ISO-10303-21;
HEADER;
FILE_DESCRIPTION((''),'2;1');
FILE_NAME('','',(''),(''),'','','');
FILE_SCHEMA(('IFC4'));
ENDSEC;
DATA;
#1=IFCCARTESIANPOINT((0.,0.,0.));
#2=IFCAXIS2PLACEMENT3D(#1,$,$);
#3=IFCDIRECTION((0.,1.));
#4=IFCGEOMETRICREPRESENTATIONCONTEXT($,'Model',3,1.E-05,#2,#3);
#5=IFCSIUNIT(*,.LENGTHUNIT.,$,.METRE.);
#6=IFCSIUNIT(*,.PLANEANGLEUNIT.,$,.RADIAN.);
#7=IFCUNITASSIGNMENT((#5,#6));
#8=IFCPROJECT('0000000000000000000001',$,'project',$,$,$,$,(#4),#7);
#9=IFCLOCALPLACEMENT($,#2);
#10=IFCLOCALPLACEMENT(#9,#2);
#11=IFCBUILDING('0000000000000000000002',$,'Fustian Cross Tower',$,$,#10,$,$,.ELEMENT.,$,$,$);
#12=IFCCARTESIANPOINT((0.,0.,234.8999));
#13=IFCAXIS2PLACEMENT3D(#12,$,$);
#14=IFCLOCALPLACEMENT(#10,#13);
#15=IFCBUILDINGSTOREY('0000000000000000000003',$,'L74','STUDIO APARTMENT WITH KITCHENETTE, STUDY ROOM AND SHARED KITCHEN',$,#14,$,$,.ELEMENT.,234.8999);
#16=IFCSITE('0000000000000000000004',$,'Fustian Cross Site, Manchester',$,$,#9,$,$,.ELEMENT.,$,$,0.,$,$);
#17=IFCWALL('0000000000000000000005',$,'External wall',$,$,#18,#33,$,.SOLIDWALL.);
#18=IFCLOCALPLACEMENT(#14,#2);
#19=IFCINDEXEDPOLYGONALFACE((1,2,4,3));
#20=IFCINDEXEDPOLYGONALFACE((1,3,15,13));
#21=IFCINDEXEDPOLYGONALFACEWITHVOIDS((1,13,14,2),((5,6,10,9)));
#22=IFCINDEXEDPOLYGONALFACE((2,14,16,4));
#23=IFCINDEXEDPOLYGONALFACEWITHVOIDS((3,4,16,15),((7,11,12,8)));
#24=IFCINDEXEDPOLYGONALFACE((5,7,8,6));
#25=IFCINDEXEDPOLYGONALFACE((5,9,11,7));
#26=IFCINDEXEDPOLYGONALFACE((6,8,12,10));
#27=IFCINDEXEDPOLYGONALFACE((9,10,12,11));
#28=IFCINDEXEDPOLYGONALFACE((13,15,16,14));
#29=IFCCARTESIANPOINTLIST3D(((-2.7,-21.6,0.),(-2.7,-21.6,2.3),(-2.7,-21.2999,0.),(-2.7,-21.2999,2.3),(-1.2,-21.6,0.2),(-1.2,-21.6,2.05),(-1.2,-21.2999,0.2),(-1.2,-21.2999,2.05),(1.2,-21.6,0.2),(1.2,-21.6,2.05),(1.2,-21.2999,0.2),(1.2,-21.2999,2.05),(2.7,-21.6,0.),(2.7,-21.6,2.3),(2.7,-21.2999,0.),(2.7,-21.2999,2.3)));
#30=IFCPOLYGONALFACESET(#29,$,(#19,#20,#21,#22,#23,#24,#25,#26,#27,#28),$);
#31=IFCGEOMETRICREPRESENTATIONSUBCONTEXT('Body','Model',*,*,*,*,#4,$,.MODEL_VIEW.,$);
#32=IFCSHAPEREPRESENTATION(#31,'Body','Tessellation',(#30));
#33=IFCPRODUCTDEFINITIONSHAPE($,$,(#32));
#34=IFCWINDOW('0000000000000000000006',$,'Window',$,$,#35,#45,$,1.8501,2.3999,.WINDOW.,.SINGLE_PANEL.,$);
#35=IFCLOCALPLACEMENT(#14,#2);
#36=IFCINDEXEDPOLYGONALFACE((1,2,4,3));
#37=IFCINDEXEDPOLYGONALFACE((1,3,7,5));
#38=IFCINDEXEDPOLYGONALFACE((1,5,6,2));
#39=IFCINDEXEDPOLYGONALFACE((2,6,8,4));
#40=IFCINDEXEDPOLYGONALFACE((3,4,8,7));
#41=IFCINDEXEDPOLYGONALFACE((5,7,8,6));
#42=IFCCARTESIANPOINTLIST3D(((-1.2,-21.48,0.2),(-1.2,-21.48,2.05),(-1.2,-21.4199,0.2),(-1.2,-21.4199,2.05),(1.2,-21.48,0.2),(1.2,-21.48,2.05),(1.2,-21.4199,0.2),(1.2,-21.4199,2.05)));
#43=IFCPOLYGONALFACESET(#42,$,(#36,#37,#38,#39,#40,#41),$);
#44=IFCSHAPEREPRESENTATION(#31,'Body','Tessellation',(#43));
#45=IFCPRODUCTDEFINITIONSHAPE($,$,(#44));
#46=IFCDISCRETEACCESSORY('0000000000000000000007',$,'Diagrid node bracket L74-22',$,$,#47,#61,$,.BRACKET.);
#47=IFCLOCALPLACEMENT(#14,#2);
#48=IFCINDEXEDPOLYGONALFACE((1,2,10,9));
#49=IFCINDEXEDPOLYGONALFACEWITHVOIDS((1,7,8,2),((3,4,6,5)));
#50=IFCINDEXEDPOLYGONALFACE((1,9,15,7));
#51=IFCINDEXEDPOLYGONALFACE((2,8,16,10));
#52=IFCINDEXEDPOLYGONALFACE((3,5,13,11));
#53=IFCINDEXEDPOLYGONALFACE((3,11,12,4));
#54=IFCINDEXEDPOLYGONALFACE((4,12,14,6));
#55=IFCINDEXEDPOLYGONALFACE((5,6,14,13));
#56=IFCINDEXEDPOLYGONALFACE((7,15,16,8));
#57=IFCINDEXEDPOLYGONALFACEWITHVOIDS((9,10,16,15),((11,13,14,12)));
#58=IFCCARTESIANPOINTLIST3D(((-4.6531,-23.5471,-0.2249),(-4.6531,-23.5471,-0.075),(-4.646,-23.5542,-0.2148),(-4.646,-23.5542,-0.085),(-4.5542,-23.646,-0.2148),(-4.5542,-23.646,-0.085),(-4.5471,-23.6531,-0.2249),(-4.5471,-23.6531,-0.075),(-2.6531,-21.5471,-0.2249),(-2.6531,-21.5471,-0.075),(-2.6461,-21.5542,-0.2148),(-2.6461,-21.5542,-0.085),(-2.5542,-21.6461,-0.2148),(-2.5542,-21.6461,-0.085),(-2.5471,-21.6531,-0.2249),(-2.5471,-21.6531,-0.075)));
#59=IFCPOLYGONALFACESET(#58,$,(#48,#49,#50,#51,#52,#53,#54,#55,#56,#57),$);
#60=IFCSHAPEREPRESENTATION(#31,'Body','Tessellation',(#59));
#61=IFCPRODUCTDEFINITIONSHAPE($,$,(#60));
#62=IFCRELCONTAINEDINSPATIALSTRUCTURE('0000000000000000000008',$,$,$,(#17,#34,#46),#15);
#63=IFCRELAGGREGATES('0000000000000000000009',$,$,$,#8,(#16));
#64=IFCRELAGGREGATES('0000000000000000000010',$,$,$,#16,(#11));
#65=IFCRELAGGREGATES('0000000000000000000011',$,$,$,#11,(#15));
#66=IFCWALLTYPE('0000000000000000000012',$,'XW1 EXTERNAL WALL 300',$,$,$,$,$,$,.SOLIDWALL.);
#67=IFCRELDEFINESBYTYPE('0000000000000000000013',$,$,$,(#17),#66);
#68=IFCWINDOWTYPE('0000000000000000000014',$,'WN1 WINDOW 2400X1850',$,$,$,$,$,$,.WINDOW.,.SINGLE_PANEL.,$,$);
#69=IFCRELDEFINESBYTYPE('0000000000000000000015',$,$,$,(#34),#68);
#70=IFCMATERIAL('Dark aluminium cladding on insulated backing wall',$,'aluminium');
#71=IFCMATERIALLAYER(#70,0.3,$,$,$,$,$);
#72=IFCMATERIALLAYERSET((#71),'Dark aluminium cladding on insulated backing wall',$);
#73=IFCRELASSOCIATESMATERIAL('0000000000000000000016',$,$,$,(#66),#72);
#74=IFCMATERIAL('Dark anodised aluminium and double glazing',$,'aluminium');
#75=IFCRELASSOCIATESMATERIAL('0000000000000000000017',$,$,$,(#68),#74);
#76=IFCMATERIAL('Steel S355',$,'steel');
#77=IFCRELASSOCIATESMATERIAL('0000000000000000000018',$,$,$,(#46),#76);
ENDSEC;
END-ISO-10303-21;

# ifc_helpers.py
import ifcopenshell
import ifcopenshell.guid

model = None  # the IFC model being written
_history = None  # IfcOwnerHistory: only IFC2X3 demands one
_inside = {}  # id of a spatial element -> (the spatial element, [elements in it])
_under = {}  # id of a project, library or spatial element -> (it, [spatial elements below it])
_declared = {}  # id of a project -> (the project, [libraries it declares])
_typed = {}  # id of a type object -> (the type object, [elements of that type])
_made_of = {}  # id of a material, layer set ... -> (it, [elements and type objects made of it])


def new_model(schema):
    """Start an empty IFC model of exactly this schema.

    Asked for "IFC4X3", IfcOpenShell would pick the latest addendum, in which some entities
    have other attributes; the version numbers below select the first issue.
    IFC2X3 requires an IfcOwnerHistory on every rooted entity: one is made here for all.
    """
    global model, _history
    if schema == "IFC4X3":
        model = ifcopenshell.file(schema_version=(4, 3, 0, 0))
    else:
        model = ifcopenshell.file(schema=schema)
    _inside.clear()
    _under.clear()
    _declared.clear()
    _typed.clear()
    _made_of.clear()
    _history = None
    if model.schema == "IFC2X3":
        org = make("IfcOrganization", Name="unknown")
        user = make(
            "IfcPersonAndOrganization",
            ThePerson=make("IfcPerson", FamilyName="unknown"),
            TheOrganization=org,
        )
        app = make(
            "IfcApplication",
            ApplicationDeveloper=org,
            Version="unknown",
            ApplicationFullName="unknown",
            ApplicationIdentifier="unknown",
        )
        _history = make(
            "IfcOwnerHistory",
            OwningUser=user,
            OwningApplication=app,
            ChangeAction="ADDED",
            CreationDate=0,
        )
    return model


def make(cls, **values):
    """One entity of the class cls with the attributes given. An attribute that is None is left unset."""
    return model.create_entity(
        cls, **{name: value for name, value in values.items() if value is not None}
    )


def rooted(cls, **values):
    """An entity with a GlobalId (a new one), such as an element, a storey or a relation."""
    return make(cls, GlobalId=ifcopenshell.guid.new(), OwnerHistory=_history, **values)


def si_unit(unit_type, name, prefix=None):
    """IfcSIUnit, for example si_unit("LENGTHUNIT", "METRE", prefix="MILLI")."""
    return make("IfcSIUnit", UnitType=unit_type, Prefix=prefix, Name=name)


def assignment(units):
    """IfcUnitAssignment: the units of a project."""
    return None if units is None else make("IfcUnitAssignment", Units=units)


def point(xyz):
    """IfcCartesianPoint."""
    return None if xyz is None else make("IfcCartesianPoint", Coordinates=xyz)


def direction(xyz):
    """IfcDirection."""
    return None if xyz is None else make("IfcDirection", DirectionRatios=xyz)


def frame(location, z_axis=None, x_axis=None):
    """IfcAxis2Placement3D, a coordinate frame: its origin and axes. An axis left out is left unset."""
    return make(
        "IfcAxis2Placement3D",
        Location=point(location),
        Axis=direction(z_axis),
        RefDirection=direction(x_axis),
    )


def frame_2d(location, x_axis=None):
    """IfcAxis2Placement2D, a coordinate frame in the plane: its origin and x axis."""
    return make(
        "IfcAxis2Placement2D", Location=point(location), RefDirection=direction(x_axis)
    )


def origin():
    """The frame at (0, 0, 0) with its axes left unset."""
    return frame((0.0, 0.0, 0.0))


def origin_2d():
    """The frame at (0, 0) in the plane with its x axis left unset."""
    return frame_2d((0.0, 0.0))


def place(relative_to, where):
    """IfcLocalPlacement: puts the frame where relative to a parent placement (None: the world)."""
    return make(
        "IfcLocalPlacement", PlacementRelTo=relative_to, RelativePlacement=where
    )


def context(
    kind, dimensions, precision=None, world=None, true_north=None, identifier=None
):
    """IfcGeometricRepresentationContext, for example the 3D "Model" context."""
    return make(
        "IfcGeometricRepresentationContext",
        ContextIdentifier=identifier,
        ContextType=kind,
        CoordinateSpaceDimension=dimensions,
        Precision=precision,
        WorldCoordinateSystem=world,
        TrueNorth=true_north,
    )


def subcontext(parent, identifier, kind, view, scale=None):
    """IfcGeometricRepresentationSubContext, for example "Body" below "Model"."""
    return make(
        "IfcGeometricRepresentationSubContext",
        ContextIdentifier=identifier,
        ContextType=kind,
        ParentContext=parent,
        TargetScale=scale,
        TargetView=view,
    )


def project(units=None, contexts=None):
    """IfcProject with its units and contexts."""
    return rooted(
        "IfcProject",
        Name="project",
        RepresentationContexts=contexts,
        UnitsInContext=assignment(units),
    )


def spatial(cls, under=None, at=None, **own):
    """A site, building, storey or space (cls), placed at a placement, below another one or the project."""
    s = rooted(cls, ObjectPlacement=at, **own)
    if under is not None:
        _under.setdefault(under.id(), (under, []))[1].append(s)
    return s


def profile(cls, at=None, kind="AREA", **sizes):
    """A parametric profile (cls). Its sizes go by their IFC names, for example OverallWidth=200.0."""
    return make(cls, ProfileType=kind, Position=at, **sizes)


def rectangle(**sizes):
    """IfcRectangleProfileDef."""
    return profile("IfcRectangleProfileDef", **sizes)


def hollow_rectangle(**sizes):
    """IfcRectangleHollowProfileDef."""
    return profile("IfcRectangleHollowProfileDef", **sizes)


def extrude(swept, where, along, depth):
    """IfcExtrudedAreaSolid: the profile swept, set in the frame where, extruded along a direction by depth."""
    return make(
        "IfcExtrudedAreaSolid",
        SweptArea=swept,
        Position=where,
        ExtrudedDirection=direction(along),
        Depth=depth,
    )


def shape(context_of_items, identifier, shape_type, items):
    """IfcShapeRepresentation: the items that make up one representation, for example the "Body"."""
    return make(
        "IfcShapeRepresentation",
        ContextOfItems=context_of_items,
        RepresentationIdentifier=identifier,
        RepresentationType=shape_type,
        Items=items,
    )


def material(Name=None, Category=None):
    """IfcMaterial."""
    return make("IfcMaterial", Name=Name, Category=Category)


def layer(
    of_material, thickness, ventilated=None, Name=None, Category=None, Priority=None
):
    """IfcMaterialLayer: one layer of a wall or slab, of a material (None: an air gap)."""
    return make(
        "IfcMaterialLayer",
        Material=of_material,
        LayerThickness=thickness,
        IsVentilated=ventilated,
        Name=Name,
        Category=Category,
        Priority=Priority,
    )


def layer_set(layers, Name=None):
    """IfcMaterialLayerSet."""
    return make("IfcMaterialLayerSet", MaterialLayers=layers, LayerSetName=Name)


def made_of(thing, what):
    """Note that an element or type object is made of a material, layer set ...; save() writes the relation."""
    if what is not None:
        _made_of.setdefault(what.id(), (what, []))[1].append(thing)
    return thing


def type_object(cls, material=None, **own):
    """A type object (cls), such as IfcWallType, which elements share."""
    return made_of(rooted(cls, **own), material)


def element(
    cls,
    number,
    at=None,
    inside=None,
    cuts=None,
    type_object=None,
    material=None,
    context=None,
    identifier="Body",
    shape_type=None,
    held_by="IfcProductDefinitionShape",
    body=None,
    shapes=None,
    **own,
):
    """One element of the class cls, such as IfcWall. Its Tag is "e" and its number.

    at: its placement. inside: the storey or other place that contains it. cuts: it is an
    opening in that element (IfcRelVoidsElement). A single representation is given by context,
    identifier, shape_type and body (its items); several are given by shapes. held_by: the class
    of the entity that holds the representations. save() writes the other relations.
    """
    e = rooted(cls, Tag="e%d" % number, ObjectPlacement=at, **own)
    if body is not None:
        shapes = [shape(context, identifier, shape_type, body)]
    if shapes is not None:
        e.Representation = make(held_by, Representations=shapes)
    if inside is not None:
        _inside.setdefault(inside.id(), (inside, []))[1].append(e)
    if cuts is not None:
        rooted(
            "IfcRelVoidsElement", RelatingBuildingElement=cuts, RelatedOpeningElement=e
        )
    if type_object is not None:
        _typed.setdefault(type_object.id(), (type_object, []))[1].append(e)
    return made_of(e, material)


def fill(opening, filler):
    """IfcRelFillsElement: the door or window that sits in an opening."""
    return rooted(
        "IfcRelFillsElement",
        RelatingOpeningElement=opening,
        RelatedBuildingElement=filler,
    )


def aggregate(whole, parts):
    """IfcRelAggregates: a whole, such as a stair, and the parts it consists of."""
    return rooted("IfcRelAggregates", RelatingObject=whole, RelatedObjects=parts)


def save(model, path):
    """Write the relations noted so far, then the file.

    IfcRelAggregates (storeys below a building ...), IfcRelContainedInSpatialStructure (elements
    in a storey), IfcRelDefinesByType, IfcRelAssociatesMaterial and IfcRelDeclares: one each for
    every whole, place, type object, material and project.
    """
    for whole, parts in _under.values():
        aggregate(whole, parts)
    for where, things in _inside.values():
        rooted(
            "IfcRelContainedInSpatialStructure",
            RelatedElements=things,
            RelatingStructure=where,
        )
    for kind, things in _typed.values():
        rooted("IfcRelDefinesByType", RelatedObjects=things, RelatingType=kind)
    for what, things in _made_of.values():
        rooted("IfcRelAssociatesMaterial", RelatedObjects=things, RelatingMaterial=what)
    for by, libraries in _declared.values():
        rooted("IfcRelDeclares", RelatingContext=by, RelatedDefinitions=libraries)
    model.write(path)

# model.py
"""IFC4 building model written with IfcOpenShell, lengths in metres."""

from ifc_helpers import new_model, si_unit, direction, frame, frame_2d, origin, origin_2d, place, context, subcontext, project, spatial, rectangle, hollow_rectangle, extrude, material, layer, layer_set, type_object, element, fill, save


model = new_model("IFC4")

# Units and contexts
model_context = context("Model", 3, precision=1e-05, world=origin(), true_north=direction((0.0, 1.0)))
body_context = subcontext(model_context, "Body", "Model", "MODEL_VIEW")
ifc_project = project(units=[si_unit("LENGTHUNIT", "METRE"), si_unit("PLANEANGLEUNIT", "RADIAN")], contexts=[model_context])

# Site, building, storey
site_placement = place(None, origin())
site = spatial("IfcSite", under=ifc_project, at=site_placement, Name="Fustian Cross Site, Manchester", CompositionType="ELEMENT", RefElevation=0.0)
building_placement = place(site_placement, origin())
building = spatial("IfcBuilding", under=site, at=building_placement, Name="Fustian Cross Tower", CompositionType="ELEMENT")
storey_placement = place(building_placement, frame((0.0, 0.0, 234.8999)))
storey = spatial("IfcBuildingStorey", under=building, at=storey_placement, Name="L74", Description="STUDIO APARTMENT WITH KITCHENETTE, STUDY ROOM AND SHARED KITCHEN", CompositionType="ELEMENT", Elevation=234.8999)

# Shared definitions
ifc_material_1 = material(Name="Dark aluminium cladding on insulated backing wall", Category="aluminium")
ifc_layer_1 = layer(ifc_material_1, 0.3)
ifc_layer_set_1 = layer_set([ifc_layer_1], Name="Dark aluminium cladding on insulated backing wall")
wall_type_1 = type_object("IfcWallType", Name="XW1 EXTERNAL WALL 300", PredefinedType="SOLIDWALL", material=ifc_layer_set_1)

# Wall, opening, window
wall_1_placement = place(storey_placement, frame((-2.7, -21.45, 0.0), z_axis=(0.0, 0.0, 1.0), x_axis=(1.0, 0.0, 0.0)))
wall_1 = element("IfcWall", 1, at=wall_1_placement, inside=storey, type_object=wall_type_1, Name="External wall", PredefinedType="SOLIDWALL", context=body_context, shape_type="SweptSolid", body=[
    extrude(rectangle(XDim=5.3999, YDim=0.3, at=frame_2d((2.7, 0.0))), origin(), (0.0, 0.0, 1.0), 2.3),
])
opening_1_placement = place(wall_1_placement, frame((1.5, 0.0, 0.2)))
opening_1 = element("IfcOpeningElement", 2, at=opening_1_placement, cuts=wall_1, PredefinedType="OPENING", context=body_context, shape_type="SweptSolid", body=[
    extrude(rectangle(XDim=2.3999, YDim=1.8501, at=frame_2d((1.2, 0.925))), frame((0.0, 0.1599, 0.0), z_axis=(0.0, -1.0, 0.0), x_axis=(1.0, 0.0, 0.0)), (0.0, 0.0, 1.0), 0.3201),
])
ifc_material_2 = material(Name="Dark anodised aluminium and double glazing", Category="aluminium")
window_type_1 = type_object("IfcWindowType", Name="WN1 WINDOW 2400X1850", PartitioningType="SINGLE_PANEL", PredefinedType="WINDOW", material=ifc_material_2)
window_1_placement = place(opening_1_placement, origin())
window_1 = element("IfcWindow", 3, at=window_1_placement, inside=storey, type_object=window_type_1, Name="Window", OverallHeight=1.8501, OverallWidth=2.3999, PartitioningType="SINGLE_PANEL", PredefinedType="WINDOW", context=body_context, shape_type="SweptSolid", body=[
    extrude(rectangle(XDim=2.3999, YDim=1.8501, at=frame_2d((1.2, 0.925))), frame((0.0, 0.03, 0.0), z_axis=(0.0, -1.0, 0.0), x_axis=(1.0, 0.0, 0.0)), (0.0, 0.0, 1.0), 0.0601),
])
fill(opening_1, window_1)

# Discrete accessory
ifc_material_3 = material(Name="Steel S355", Category="steel")
discrete_accessory_placement = place(storey_placement, frame((-4.6001, -23.6001, -0.1499), z_axis=(0.707107, 0.707107, 0.0), x_axis=(-0.707107, 0.707107, 0.0)))
element("IfcDiscreteAccessory", 4, at=discrete_accessory_placement, inside=storey, material=ifc_material_3, Name="Diagrid node bracket L74-22", PredefinedType="BRACKET", context=body_context, shape_type="SweptSolid", body=[
    extrude(hollow_rectangle(XDim=0.1499, YDim=0.1499, WallThickness=0.01, at=origin_2d()), origin(), (0.0, 0.0, 1.0), 2.8284),
])

save(model, "model.ifc")
